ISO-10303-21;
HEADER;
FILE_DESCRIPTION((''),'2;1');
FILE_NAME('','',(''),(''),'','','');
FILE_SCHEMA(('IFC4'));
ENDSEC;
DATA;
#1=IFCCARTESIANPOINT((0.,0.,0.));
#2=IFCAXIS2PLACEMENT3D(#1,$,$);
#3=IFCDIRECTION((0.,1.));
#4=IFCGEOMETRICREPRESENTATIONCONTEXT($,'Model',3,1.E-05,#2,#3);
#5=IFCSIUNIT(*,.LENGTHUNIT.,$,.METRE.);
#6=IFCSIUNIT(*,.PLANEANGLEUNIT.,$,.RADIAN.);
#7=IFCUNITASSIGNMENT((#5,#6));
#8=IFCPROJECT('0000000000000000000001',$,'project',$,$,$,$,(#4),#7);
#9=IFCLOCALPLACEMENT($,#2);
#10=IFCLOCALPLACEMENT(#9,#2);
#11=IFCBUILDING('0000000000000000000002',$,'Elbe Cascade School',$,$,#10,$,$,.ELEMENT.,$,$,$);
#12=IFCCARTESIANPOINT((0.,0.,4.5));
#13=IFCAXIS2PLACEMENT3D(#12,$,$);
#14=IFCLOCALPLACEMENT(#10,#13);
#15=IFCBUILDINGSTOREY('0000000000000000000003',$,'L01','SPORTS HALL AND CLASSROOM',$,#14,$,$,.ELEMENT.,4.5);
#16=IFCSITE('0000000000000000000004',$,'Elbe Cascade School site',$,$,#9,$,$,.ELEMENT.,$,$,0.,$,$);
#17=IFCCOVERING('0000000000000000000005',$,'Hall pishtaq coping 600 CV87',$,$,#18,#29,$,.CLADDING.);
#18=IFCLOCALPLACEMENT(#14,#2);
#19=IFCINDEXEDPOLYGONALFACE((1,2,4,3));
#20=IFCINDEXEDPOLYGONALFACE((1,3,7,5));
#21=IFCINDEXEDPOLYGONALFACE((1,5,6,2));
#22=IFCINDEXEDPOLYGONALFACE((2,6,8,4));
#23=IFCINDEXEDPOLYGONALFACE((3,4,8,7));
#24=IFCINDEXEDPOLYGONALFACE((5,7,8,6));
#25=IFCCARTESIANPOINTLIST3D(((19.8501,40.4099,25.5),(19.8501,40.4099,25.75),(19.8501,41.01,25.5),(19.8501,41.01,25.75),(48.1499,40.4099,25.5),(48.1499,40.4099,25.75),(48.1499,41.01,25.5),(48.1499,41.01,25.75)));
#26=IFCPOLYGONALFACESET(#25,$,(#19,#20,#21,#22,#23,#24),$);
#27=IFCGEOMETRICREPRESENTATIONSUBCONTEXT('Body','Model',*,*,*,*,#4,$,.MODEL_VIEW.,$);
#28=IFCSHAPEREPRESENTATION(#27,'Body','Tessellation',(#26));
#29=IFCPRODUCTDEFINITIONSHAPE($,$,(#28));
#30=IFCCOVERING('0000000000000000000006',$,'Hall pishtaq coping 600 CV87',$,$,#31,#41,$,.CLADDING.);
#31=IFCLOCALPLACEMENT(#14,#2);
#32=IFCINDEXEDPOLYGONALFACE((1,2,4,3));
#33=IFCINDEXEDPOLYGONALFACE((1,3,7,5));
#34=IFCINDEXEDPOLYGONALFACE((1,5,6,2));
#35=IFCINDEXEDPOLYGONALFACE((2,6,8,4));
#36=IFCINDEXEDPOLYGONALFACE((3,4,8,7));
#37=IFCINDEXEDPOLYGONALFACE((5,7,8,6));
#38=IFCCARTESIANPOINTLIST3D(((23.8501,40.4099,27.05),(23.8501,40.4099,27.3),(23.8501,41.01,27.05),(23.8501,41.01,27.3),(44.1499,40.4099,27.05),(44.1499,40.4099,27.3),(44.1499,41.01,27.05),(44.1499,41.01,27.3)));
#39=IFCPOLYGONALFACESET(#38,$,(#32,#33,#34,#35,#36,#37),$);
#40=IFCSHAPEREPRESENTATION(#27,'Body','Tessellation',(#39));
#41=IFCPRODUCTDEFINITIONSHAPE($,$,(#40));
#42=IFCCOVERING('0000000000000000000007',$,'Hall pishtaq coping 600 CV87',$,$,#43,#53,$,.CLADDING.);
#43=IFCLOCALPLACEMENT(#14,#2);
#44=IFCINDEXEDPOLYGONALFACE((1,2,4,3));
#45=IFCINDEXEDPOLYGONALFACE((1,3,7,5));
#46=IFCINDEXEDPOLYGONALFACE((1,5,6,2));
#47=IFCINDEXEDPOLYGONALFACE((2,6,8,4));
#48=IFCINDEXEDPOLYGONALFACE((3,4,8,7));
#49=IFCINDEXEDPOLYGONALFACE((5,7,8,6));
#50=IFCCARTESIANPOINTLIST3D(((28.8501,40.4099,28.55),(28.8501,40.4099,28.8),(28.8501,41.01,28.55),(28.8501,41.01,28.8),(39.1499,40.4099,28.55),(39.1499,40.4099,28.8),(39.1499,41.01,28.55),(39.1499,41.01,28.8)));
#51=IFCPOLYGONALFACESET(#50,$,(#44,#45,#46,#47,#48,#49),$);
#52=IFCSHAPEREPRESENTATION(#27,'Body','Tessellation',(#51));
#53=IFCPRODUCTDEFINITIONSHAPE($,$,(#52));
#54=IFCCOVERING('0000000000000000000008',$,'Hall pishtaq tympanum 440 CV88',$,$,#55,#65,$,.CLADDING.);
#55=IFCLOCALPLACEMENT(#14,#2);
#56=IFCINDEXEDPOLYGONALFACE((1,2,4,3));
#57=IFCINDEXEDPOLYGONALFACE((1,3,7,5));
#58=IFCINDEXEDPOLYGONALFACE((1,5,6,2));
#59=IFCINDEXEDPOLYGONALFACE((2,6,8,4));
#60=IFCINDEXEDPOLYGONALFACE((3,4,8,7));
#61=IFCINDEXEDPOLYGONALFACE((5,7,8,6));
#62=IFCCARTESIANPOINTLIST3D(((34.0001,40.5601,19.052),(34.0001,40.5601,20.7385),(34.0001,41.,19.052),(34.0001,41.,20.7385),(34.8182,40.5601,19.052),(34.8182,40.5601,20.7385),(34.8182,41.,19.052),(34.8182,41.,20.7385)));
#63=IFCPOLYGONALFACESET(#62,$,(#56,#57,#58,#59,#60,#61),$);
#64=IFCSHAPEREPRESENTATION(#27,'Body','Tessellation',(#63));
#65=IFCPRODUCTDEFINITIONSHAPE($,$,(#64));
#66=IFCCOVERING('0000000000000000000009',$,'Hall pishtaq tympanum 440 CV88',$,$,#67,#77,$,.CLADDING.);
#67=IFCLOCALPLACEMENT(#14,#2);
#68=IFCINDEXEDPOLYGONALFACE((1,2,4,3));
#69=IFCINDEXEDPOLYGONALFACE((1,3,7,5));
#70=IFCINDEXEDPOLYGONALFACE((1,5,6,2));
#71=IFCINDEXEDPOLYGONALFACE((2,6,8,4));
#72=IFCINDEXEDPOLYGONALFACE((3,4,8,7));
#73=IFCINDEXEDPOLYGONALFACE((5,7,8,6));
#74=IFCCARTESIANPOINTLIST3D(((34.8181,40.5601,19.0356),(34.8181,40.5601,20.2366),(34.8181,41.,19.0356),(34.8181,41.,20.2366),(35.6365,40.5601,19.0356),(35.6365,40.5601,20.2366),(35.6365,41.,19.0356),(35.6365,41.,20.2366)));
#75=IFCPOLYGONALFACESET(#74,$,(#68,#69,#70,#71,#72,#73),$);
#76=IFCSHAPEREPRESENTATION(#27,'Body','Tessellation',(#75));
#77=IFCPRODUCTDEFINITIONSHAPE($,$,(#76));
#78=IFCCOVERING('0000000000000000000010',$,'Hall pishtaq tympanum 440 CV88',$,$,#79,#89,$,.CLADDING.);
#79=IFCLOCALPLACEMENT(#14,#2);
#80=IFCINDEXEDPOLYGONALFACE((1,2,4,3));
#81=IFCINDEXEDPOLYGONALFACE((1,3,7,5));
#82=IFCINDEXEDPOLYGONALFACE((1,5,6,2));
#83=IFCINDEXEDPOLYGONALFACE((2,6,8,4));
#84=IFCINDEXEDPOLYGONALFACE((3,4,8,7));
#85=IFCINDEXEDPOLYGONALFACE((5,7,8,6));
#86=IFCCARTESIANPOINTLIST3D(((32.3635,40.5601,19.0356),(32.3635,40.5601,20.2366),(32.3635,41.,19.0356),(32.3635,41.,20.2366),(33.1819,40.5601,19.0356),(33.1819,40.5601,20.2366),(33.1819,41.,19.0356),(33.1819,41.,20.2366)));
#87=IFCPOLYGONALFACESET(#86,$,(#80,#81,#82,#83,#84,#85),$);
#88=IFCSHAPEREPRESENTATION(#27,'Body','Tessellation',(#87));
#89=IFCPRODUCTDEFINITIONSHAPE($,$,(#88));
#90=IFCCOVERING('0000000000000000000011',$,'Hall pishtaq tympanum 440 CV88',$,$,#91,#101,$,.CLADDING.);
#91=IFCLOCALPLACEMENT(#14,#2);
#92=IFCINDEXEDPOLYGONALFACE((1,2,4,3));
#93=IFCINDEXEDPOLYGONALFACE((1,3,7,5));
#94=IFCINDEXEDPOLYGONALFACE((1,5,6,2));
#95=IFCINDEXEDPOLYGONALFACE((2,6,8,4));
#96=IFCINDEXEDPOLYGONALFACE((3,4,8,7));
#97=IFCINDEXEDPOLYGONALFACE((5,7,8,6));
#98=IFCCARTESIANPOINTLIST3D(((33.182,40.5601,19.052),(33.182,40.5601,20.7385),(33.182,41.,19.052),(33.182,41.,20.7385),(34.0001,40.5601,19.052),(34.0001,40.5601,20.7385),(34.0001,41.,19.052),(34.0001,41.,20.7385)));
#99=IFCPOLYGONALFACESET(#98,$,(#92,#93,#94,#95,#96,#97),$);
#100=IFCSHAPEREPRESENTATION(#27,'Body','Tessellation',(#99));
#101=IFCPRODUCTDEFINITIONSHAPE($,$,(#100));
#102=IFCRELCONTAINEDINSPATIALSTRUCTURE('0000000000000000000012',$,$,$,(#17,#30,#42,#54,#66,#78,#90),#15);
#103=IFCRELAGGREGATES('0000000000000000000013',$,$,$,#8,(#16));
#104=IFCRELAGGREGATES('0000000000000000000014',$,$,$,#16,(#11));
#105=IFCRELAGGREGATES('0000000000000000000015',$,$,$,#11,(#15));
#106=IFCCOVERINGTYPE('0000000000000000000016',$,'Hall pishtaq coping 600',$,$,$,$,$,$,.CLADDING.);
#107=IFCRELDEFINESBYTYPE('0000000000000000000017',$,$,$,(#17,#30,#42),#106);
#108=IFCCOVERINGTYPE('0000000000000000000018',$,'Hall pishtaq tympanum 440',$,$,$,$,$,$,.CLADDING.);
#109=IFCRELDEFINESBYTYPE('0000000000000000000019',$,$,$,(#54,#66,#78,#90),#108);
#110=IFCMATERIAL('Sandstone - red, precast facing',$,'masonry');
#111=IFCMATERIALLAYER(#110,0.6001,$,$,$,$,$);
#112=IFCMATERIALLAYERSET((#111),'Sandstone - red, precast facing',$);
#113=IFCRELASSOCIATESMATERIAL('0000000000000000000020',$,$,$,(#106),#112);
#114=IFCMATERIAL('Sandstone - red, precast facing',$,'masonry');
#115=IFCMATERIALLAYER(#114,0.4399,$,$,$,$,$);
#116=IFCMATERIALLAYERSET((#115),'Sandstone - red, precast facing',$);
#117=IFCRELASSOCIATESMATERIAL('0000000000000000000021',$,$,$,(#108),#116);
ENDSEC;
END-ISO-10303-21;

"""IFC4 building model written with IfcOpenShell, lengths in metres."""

from ifc_helpers import new_model, si_unit, direction, frame, frame_2d, origin, place, context, subcontext, project, spatial, rectangle, extrude, material, layer, layer_set, type_object, element, save


model = new_model("IFC4")

# Units and contexts
model_context = context("Model", 3, precision=1e-05, world=origin(), true_north=direction((0.0, 1.0)))
body_context = subcontext(model_context, "Body", "Model", "MODEL_VIEW")
ifc_project = project(units=[si_unit("LENGTHUNIT", "METRE"), si_unit("PLANEANGLEUNIT", "RADIAN")], contexts=[model_context])

# Site, building, storey
site_placement = place(None, origin())
site = spatial("IfcSite", under=ifc_project, at=site_placement, Name="Elbe Cascade School site", CompositionType="ELEMENT", RefElevation=0.0)
building_placement = place(site_placement, origin())
building = spatial("IfcBuilding", under=site, at=building_placement, Name="Elbe Cascade School", CompositionType="ELEMENT")
storey_placement = place(building_placement, frame((0.0, 0.0, 4.5)))
storey = spatial("IfcBuildingStorey", under=building, at=storey_placement, Name="L01", Description="SPORTS HALL AND CLASSROOM", CompositionType="ELEMENT", Elevation=4.5)

# Coverings
ifc_material_1 = material(Name="Sandstone - red, precast facing", Category="masonry")
ifc_layer_1 = layer(ifc_material_1, 0.6001)
ifc_layer_set_1 = layer_set([ifc_layer_1], Name="Sandstone - red, precast facing")
covering_type_1 = type_object("IfcCoveringType", Name="Hall pishtaq coping 600", PredefinedType="CLADDING", material=ifc_layer_set_1)
covering_1_placement = place(storey_placement, frame((19.8501, 40.71, 25.5), z_axis=(0.0, 0.0, 1.0), x_axis=(1.0, 0.0, 0.0)))
element("IfcCovering", 1, at=covering_1_placement, inside=storey, type_object=covering_type_1, Name="Hall pishtaq coping 600 CV87", PredefinedType="CLADDING", context=body_context, shape_type="SweptSolid", body=[
    extrude(rectangle(XDim=28.2998, YDim=0.6001, at=frame_2d((14.1499, 0.0))), origin(), (0.0, 0.0, 1.0), 0.25),
])
covering_2_placement = place(storey_placement, frame((23.8501, 40.71, 27.05), z_axis=(0.0, 0.0, 1.0), x_axis=(1.0, 0.0, 0.0)))
element("IfcCovering", 2, at=covering_2_placement, inside=storey, type_object=covering_type_1, Name="Hall pishtaq coping 600 CV87", PredefinedType="CLADDING", context=body_context, shape_type="SweptSolid", body=[
    extrude(rectangle(XDim=20.2998, YDim=0.6001, at=frame_2d((10.1499, 0.0))), origin(), (0.0, 0.0, 1.0), 0.25),
])
covering_3_placement = place(storey_placement, frame((28.8501, 40.71, 28.55), z_axis=(0.0, 0.0, 1.0), x_axis=(1.0, 0.0, 0.0)))
element("IfcCovering", 3, at=covering_3_placement, inside=storey, type_object=covering_type_1, Name="Hall pishtaq coping 600 CV87", PredefinedType="CLADDING", context=body_context, shape_type="SweptSolid", body=[
    extrude(rectangle(XDim=10.2998, YDim=0.6001, at=frame_2d((5.1499, 0.0))), origin(), (0.0, 0.0, 1.0), 0.25),
])
ifc_material_2 = material(Name="Sandstone - red, precast facing", Category="masonry")
ifc_layer_2 = layer(ifc_material_2, 0.4399)
ifc_layer_set_2 = layer_set([ifc_layer_2], Name="Sandstone - red, precast facing")
covering_type_2 = type_object("IfcCoveringType", Name="Hall pishtaq tympanum 440", PredefinedType="CLADDING", material=ifc_layer_set_2)
covering_4_placement = place(storey_placement, frame((34.0, 40.78, 19.052), z_axis=(0.0, 0.0, 1.0), x_axis=(1.0, 0.0, 0.0)))
element("IfcCovering", 4, at=covering_4_placement, inside=storey, type_object=covering_type_2, Name="Hall pishtaq tympanum 440 CV88", PredefinedType="CLADDING", context=body_context, shape_type="SweptSolid", body=[
    extrude(rectangle(XDim=0.8181, YDim=0.4399, at=frame_2d((0.4092, 0.0))), origin(), (0.0, 0.0, 1.0), 1.6865),
])
for number, where, z_axis, x_axis, name in (
    (5, (34.8181, 40.78, 19.0356), (0.0, 0.0, 1.0), (1.0, 0.0, 0.0), "Hall pishtaq tympanum 440 CV88"),
    (6, (32.3635, 40.78, 19.0356), (0.0, 0.0, 1.0), (1.0, 0.0, 0.0), "Hall pishtaq tympanum 440 CV88"),
):
    element("IfcCovering", number, at=place(storey_placement, frame(where, z_axis=z_axis, x_axis=x_axis)), inside=storey, type_object=covering_type_2, Name=name, PredefinedType="CLADDING", context=body_context, shape_type="SweptSolid", body=[
        extrude(rectangle(XDim=0.8184, YDim=0.4399, at=frame_2d((0.4092, 0.0))), origin(), (0.0, 0.0, 1.0), 1.2009),
    ])
covering_5_placement = place(storey_placement, frame((33.1819, 40.78, 19.052), z_axis=(0.0, 0.0, 1.0), x_axis=(1.0, 0.0, 0.0)))
element("IfcCovering", 7, at=covering_5_placement, inside=storey, type_object=covering_type_2, Name="Hall pishtaq tympanum 440 CV88", PredefinedType="CLADDING", context=body_context, shape_type="SweptSolid", body=[
    extrude(rectangle(XDim=0.8181, YDim=0.4399, at=frame_2d((0.4092, 0.0))), origin(), (0.0, 0.0, 1.0), 1.6865),
])

save(model, "model.ifc")
